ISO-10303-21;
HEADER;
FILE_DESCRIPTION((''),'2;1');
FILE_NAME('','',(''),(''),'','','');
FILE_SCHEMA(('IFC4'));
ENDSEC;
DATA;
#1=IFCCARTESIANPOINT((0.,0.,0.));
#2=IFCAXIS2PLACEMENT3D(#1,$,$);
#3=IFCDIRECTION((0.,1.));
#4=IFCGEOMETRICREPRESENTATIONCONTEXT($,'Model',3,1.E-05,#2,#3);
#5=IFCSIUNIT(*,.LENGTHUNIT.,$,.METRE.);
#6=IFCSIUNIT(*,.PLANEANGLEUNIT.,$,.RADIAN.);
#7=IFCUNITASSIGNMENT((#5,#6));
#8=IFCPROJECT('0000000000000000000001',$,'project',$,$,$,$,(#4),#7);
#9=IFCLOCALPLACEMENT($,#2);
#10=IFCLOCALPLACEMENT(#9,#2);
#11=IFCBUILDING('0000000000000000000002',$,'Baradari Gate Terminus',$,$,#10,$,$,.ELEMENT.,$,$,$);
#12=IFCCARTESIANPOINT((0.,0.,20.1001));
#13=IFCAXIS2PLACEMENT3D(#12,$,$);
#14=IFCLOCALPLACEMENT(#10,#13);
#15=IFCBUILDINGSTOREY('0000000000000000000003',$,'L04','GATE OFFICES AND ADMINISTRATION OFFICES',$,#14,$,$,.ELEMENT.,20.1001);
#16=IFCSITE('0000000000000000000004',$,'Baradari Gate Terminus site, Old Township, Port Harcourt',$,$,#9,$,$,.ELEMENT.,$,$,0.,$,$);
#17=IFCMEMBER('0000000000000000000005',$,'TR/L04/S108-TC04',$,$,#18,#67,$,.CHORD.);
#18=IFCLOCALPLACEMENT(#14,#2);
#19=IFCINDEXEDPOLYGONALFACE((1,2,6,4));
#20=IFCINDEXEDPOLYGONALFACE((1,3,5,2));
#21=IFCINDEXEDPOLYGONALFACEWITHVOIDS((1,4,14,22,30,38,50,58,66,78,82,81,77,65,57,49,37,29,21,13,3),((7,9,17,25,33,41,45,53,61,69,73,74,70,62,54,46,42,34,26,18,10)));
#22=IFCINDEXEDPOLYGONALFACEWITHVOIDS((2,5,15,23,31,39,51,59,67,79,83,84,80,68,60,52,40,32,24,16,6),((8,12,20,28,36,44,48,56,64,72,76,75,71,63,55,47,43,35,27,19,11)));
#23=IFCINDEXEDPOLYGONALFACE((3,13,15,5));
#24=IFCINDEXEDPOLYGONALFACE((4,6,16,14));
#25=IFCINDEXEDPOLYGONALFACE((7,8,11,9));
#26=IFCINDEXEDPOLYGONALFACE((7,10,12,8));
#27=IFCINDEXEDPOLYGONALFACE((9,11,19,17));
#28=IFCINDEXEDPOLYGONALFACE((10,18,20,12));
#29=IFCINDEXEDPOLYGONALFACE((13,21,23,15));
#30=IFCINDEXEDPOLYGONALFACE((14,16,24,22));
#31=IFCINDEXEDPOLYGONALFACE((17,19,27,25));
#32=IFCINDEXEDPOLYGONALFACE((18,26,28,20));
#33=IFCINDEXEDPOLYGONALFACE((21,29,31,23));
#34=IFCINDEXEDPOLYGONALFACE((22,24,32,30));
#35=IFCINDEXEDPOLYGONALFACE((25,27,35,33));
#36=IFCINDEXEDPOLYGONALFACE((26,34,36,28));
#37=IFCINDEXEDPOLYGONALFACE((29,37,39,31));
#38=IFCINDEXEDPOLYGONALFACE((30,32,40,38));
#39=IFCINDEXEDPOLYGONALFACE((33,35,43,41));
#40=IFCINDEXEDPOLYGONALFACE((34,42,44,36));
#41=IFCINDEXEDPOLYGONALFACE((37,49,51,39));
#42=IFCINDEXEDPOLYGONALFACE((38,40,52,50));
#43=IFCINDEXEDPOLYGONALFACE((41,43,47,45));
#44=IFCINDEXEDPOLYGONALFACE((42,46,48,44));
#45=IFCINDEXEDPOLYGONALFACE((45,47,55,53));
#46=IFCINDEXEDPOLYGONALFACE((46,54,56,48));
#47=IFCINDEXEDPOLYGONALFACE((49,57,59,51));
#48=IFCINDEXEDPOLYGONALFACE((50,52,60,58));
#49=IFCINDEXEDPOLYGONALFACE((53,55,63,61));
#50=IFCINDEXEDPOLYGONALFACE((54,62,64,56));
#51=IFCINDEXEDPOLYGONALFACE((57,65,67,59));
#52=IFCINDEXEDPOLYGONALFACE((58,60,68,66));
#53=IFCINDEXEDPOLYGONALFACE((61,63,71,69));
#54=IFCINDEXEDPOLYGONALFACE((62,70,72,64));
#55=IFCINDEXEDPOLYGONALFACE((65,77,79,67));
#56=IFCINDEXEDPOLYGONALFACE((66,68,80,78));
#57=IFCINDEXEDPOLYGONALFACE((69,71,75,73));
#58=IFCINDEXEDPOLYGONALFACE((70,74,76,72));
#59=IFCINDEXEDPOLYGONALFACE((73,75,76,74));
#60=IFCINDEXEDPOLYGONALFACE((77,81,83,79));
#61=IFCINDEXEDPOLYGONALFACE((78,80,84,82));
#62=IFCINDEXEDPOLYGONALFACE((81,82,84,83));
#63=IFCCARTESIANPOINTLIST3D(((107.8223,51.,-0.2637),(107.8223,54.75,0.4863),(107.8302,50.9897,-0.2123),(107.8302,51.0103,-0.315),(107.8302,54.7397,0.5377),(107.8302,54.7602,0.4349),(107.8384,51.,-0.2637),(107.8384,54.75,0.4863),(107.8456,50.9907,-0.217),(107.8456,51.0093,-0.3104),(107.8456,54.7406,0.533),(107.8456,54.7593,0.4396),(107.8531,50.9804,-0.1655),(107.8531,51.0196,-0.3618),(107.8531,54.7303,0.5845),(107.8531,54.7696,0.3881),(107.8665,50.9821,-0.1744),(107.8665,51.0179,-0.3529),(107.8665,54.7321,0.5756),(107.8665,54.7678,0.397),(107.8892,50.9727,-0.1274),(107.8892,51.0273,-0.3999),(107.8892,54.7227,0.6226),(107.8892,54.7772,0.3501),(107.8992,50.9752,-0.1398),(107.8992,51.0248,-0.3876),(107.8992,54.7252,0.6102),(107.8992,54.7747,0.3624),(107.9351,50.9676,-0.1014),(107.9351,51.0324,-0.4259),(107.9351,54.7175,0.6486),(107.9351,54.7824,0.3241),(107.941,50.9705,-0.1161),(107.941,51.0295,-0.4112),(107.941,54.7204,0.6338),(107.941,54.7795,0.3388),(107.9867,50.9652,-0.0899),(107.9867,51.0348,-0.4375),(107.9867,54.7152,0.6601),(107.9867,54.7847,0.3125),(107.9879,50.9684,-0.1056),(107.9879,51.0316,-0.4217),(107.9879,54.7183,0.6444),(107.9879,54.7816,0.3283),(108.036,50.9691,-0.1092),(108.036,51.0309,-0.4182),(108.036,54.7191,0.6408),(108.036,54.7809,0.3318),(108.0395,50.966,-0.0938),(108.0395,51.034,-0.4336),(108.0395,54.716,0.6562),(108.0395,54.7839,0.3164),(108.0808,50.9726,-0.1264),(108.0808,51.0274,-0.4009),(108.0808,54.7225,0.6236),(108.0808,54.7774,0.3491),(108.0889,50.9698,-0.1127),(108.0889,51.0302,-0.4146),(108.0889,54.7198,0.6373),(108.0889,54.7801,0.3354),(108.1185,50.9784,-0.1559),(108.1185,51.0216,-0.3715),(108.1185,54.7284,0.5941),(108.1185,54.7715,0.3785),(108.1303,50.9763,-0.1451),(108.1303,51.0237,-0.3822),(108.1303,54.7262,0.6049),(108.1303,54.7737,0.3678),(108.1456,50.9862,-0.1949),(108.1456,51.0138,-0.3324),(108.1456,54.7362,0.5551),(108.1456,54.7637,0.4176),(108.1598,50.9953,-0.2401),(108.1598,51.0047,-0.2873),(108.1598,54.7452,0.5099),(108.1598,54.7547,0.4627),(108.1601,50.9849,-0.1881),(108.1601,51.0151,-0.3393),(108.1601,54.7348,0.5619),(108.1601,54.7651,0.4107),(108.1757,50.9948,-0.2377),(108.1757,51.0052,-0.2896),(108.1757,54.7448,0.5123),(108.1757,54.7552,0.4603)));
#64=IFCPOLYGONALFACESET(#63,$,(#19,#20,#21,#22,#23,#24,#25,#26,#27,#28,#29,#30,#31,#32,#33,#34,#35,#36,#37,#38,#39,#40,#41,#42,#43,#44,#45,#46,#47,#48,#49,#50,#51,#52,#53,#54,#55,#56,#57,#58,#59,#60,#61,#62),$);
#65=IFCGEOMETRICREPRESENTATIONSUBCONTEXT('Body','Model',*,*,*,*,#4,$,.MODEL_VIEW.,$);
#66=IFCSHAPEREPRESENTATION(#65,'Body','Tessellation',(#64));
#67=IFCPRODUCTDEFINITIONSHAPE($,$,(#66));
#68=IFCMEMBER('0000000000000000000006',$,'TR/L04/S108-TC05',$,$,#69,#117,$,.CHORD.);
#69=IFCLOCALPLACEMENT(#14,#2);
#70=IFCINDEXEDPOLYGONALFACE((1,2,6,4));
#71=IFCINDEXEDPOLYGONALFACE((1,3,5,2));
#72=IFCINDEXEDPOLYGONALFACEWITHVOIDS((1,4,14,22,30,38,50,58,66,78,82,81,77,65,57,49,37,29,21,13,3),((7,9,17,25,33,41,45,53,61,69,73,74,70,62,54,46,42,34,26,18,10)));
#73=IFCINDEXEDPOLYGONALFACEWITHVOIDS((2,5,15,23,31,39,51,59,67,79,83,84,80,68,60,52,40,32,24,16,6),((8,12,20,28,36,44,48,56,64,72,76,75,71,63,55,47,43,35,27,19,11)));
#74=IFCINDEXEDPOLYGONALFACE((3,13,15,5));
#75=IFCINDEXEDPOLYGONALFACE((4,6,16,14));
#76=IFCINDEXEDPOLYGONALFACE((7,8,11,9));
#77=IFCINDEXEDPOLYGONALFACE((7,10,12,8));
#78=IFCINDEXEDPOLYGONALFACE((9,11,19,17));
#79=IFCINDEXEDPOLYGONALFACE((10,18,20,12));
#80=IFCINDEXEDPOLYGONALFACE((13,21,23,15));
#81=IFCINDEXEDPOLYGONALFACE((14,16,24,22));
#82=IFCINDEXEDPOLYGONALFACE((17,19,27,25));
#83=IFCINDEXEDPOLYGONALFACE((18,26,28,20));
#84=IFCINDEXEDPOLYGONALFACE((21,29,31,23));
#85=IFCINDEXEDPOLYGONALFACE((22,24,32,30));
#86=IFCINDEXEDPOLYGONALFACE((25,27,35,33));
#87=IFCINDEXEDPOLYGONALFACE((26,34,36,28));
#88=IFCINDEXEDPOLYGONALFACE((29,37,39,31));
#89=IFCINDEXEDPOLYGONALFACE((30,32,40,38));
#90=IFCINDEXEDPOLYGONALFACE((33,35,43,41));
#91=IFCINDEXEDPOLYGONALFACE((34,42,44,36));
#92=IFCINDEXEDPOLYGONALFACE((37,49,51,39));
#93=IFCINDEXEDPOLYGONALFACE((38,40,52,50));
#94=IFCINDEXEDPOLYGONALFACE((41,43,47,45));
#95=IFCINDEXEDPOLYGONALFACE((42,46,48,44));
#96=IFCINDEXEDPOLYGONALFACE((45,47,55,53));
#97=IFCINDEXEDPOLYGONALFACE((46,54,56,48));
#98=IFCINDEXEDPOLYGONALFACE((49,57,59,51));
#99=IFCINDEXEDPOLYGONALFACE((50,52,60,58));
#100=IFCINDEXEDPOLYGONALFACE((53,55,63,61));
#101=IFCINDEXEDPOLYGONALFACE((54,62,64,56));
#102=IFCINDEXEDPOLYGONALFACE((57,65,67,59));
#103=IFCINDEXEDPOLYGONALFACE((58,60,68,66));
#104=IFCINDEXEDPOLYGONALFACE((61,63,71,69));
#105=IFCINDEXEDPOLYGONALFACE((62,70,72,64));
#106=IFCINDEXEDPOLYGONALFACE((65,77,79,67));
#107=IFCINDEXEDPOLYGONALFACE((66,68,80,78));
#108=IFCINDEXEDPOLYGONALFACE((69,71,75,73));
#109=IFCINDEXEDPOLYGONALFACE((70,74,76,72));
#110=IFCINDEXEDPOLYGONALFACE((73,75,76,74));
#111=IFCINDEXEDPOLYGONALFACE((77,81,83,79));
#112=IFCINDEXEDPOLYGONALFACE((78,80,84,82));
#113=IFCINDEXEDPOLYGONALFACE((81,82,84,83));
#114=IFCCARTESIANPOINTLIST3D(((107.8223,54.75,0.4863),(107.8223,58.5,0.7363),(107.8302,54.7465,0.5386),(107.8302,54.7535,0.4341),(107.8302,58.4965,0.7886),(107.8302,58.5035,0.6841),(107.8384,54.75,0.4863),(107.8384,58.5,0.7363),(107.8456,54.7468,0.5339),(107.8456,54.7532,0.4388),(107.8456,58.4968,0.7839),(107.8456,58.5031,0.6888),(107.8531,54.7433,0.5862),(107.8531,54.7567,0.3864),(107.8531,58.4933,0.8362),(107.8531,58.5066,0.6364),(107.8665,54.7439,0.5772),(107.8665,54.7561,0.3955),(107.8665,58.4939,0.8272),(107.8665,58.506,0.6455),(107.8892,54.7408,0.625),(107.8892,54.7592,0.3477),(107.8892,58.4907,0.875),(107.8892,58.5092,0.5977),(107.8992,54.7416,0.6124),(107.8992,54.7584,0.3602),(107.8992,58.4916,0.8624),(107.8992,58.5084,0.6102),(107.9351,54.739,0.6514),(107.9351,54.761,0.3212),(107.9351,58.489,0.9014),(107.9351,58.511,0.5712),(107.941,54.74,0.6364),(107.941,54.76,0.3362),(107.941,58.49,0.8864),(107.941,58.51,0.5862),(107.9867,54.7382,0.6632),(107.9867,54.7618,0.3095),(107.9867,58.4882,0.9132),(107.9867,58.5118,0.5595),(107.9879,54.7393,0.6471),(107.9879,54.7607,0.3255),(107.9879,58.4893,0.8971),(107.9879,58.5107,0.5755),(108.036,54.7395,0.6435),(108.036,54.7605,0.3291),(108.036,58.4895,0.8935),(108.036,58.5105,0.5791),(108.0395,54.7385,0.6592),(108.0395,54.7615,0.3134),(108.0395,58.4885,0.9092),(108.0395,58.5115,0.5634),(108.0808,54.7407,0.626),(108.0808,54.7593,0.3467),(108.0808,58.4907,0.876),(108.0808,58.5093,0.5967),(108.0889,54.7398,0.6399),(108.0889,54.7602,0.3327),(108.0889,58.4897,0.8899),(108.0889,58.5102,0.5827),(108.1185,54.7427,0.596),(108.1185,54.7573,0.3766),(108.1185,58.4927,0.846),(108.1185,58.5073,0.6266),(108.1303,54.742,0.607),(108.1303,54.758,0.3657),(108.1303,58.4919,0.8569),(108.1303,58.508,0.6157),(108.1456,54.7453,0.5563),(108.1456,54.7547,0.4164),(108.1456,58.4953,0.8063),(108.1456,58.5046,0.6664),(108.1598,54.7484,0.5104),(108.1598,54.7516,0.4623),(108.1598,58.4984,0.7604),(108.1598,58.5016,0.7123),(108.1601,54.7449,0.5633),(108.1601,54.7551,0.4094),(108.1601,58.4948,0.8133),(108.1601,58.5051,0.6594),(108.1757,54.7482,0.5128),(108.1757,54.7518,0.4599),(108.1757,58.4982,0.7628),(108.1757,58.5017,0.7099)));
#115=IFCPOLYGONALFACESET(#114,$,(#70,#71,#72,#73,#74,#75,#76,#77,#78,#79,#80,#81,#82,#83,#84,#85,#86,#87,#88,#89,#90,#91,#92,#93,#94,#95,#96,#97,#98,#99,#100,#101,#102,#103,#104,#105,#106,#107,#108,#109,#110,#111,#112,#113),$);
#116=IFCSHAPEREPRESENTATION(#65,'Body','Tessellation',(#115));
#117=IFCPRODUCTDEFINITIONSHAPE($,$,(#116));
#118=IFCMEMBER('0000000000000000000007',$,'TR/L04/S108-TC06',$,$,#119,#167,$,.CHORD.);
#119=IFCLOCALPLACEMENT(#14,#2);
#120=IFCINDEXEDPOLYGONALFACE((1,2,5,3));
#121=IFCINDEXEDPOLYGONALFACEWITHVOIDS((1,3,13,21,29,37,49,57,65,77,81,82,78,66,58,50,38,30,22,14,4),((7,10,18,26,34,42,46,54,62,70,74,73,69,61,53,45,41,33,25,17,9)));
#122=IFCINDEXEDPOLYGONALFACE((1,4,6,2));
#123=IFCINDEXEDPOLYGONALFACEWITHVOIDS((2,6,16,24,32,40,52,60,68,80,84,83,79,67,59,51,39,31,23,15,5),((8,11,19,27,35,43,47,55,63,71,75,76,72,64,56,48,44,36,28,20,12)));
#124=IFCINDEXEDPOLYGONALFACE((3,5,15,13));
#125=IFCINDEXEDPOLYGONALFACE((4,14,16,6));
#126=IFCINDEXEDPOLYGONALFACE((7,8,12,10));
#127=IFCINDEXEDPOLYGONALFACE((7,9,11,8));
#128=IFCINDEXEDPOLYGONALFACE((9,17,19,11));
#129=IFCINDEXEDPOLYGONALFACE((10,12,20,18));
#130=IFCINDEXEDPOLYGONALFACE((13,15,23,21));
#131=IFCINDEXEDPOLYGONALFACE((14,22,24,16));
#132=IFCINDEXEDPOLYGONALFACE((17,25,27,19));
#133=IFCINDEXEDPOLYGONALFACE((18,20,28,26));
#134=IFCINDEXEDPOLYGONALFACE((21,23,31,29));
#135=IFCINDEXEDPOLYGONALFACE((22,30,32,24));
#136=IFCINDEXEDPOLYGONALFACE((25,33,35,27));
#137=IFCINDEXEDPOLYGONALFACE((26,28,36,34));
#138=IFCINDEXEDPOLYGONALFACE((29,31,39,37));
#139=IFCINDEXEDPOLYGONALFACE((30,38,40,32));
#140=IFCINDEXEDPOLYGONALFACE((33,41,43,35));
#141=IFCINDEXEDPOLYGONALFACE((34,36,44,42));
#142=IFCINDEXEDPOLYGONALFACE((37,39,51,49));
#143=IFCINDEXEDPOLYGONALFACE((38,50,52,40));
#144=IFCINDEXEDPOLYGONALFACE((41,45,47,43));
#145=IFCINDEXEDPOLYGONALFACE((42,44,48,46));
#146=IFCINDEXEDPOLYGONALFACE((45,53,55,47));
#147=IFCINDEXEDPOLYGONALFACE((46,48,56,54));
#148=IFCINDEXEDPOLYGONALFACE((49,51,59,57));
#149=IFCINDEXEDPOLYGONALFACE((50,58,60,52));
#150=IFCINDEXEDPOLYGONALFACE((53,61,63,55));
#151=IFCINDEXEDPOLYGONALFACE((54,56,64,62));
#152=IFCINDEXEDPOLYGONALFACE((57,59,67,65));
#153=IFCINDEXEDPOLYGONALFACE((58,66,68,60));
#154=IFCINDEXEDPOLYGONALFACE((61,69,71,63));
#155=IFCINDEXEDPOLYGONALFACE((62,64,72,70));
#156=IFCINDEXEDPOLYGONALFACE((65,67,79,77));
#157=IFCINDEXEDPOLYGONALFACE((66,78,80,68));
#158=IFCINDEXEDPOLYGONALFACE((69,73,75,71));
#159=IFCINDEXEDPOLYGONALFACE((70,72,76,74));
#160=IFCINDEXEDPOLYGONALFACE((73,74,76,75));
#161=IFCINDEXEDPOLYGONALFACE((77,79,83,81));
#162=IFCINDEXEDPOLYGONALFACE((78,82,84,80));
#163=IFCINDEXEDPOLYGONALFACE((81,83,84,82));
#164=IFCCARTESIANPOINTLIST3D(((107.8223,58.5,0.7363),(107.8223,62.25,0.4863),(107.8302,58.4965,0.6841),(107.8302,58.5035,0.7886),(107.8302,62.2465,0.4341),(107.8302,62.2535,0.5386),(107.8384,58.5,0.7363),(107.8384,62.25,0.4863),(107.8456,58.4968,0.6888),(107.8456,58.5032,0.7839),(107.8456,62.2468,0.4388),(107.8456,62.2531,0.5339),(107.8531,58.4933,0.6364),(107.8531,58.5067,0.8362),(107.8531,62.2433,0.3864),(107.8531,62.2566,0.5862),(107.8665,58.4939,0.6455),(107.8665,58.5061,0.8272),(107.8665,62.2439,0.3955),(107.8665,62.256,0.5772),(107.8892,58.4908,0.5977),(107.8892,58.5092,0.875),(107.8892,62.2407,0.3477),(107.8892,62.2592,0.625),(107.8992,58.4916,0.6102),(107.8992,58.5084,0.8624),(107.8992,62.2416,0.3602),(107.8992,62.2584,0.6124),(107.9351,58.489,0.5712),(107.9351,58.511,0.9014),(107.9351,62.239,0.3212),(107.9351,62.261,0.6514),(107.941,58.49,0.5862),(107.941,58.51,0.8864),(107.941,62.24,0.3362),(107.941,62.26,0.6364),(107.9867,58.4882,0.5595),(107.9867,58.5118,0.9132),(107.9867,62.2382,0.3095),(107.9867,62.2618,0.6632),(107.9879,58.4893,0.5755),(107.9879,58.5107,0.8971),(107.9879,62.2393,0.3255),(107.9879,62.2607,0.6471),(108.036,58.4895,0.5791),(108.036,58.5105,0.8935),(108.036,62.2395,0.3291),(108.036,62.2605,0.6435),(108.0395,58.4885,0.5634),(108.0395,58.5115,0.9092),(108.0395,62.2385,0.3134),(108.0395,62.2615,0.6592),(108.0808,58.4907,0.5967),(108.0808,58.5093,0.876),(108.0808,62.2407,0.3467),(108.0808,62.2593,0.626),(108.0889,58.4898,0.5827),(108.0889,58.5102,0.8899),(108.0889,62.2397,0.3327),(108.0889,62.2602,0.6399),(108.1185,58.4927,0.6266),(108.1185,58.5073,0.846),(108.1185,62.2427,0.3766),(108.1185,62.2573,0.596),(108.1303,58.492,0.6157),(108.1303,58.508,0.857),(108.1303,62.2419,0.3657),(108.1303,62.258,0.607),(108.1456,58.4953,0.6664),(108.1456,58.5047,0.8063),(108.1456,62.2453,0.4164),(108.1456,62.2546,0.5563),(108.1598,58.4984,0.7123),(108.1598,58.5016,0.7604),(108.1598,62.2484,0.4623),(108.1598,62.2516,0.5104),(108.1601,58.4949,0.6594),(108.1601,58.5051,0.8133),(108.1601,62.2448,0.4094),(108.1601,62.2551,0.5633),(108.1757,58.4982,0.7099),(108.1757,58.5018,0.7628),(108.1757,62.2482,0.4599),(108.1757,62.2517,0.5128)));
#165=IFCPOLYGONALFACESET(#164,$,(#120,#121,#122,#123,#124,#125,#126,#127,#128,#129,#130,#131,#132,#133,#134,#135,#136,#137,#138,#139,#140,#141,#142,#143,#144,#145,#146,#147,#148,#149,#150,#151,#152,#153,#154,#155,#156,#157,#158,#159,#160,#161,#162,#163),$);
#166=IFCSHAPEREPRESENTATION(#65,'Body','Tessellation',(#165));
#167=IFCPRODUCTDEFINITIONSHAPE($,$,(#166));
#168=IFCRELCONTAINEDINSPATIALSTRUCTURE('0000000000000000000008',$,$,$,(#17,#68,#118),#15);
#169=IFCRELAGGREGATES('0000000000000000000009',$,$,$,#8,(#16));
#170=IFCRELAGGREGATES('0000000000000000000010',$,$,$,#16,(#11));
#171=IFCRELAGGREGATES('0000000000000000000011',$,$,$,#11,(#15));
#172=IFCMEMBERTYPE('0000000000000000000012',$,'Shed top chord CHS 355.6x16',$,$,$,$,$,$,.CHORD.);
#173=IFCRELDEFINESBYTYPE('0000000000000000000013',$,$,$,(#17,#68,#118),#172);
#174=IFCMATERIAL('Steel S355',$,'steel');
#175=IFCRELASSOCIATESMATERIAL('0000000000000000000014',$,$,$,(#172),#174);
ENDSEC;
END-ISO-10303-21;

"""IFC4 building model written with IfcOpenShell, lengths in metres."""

from ifc_helpers import new_model, si_unit, direction, frame, origin, origin_2d, place, context, subcontext, project, spatial, hollow_circle, extrude, material, material_profile, profile_set, type_object, element, save


model = new_model("IFC4")

# Units and contexts
model_context = context("Model", 3, precision=1e-05, world=origin(), true_north=direction((0.0, 1.0)))
body_context = subcontext(model_context, "Body", "Model", "MODEL_VIEW")
ifc_project = project(units=[si_unit("LENGTHUNIT", "METRE"), si_unit("PLANEANGLEUNIT", "RADIAN")], contexts=[model_context])

# Site, building, storey
site_placement = place(None, origin())
site = spatial("IfcSite", under=ifc_project, at=site_placement, Name="Baradari Gate Terminus site, Old Township, Port Harcourt", CompositionType="ELEMENT", RefElevation=0.0)
building_placement = place(site_placement, origin())
building = spatial("IfcBuilding", under=site, at=building_placement, Name="Baradari Gate Terminus", CompositionType="ELEMENT")
storey_placement = place(building_placement, frame((0.0, 0.0, 20.1001)))
storey = spatial("IfcBuildingStorey", under=building, at=storey_placement, Name="L04", Description="GATE OFFICES AND ADMINISTRATION OFFICES", CompositionType="ELEMENT", Elevation=20.1001)

# Members
ifc_material_1 = material(Name="Steel S355", Category="steel")
ifc_material_profile_1 = material_profile(ifc_material_1, hollow_circle(Radius=0.1777, WallThickness=0.0161, at=origin_2d()), Name="CHS 355.6x16")
ifc_profile_set_1 = profile_set([ifc_material_profile_1], Name="Steel S355")
member_type_1 = type_object("IfcMemberType", Name="Shed top chord CHS 355.6x16", PredefinedType="CHORD", material=ifc_profile_set_1)
member_1_placement = place(storey_placement, frame((108.0, 51.0, -0.2637), z_axis=(0.0, 0.980581, 0.196116), x_axis=(-1.0, 0.0, 0.0)))
element("IfcMember", 1, at=member_1_placement, inside=storey, type_object=member_type_1, Name="TR/L04/S108-TC04", PredefinedType="CHORD", context=body_context, shape_type="SweptSolid", body=[
    extrude(hollow_circle(Radius=0.1777, WallThickness=0.0161, at=origin_2d()), origin(), (0.0, 0.0, 1.0), 3.8242),
])
for number, where, z_axis, x_axis, name in (
    (2, (108.0, 54.75, 0.4863), (0.0, 0.997785, 0.066519), (-1.0, 0.0, 0.0), "TR/L04/S108-TC05"),
    (3, (108.0, 58.5, 0.7363), (0.0, 0.997785, -0.066519), (-1.0, 0.0, 0.0), "TR/L04/S108-TC06"),
):
    element("IfcMember", number, at=place(storey_placement, frame(where, z_axis=z_axis, x_axis=x_axis)), inside=storey, type_object=member_type_1, Name=name, PredefinedType="CHORD", context=body_context, shape_type="SweptSolid", body=[
        extrude(hollow_circle(Radius=0.1777, WallThickness=0.0161, at=origin_2d()), origin(), (0.0, 0.0, 1.0), 3.7583),
    ])

save(model, "model.ifc")
